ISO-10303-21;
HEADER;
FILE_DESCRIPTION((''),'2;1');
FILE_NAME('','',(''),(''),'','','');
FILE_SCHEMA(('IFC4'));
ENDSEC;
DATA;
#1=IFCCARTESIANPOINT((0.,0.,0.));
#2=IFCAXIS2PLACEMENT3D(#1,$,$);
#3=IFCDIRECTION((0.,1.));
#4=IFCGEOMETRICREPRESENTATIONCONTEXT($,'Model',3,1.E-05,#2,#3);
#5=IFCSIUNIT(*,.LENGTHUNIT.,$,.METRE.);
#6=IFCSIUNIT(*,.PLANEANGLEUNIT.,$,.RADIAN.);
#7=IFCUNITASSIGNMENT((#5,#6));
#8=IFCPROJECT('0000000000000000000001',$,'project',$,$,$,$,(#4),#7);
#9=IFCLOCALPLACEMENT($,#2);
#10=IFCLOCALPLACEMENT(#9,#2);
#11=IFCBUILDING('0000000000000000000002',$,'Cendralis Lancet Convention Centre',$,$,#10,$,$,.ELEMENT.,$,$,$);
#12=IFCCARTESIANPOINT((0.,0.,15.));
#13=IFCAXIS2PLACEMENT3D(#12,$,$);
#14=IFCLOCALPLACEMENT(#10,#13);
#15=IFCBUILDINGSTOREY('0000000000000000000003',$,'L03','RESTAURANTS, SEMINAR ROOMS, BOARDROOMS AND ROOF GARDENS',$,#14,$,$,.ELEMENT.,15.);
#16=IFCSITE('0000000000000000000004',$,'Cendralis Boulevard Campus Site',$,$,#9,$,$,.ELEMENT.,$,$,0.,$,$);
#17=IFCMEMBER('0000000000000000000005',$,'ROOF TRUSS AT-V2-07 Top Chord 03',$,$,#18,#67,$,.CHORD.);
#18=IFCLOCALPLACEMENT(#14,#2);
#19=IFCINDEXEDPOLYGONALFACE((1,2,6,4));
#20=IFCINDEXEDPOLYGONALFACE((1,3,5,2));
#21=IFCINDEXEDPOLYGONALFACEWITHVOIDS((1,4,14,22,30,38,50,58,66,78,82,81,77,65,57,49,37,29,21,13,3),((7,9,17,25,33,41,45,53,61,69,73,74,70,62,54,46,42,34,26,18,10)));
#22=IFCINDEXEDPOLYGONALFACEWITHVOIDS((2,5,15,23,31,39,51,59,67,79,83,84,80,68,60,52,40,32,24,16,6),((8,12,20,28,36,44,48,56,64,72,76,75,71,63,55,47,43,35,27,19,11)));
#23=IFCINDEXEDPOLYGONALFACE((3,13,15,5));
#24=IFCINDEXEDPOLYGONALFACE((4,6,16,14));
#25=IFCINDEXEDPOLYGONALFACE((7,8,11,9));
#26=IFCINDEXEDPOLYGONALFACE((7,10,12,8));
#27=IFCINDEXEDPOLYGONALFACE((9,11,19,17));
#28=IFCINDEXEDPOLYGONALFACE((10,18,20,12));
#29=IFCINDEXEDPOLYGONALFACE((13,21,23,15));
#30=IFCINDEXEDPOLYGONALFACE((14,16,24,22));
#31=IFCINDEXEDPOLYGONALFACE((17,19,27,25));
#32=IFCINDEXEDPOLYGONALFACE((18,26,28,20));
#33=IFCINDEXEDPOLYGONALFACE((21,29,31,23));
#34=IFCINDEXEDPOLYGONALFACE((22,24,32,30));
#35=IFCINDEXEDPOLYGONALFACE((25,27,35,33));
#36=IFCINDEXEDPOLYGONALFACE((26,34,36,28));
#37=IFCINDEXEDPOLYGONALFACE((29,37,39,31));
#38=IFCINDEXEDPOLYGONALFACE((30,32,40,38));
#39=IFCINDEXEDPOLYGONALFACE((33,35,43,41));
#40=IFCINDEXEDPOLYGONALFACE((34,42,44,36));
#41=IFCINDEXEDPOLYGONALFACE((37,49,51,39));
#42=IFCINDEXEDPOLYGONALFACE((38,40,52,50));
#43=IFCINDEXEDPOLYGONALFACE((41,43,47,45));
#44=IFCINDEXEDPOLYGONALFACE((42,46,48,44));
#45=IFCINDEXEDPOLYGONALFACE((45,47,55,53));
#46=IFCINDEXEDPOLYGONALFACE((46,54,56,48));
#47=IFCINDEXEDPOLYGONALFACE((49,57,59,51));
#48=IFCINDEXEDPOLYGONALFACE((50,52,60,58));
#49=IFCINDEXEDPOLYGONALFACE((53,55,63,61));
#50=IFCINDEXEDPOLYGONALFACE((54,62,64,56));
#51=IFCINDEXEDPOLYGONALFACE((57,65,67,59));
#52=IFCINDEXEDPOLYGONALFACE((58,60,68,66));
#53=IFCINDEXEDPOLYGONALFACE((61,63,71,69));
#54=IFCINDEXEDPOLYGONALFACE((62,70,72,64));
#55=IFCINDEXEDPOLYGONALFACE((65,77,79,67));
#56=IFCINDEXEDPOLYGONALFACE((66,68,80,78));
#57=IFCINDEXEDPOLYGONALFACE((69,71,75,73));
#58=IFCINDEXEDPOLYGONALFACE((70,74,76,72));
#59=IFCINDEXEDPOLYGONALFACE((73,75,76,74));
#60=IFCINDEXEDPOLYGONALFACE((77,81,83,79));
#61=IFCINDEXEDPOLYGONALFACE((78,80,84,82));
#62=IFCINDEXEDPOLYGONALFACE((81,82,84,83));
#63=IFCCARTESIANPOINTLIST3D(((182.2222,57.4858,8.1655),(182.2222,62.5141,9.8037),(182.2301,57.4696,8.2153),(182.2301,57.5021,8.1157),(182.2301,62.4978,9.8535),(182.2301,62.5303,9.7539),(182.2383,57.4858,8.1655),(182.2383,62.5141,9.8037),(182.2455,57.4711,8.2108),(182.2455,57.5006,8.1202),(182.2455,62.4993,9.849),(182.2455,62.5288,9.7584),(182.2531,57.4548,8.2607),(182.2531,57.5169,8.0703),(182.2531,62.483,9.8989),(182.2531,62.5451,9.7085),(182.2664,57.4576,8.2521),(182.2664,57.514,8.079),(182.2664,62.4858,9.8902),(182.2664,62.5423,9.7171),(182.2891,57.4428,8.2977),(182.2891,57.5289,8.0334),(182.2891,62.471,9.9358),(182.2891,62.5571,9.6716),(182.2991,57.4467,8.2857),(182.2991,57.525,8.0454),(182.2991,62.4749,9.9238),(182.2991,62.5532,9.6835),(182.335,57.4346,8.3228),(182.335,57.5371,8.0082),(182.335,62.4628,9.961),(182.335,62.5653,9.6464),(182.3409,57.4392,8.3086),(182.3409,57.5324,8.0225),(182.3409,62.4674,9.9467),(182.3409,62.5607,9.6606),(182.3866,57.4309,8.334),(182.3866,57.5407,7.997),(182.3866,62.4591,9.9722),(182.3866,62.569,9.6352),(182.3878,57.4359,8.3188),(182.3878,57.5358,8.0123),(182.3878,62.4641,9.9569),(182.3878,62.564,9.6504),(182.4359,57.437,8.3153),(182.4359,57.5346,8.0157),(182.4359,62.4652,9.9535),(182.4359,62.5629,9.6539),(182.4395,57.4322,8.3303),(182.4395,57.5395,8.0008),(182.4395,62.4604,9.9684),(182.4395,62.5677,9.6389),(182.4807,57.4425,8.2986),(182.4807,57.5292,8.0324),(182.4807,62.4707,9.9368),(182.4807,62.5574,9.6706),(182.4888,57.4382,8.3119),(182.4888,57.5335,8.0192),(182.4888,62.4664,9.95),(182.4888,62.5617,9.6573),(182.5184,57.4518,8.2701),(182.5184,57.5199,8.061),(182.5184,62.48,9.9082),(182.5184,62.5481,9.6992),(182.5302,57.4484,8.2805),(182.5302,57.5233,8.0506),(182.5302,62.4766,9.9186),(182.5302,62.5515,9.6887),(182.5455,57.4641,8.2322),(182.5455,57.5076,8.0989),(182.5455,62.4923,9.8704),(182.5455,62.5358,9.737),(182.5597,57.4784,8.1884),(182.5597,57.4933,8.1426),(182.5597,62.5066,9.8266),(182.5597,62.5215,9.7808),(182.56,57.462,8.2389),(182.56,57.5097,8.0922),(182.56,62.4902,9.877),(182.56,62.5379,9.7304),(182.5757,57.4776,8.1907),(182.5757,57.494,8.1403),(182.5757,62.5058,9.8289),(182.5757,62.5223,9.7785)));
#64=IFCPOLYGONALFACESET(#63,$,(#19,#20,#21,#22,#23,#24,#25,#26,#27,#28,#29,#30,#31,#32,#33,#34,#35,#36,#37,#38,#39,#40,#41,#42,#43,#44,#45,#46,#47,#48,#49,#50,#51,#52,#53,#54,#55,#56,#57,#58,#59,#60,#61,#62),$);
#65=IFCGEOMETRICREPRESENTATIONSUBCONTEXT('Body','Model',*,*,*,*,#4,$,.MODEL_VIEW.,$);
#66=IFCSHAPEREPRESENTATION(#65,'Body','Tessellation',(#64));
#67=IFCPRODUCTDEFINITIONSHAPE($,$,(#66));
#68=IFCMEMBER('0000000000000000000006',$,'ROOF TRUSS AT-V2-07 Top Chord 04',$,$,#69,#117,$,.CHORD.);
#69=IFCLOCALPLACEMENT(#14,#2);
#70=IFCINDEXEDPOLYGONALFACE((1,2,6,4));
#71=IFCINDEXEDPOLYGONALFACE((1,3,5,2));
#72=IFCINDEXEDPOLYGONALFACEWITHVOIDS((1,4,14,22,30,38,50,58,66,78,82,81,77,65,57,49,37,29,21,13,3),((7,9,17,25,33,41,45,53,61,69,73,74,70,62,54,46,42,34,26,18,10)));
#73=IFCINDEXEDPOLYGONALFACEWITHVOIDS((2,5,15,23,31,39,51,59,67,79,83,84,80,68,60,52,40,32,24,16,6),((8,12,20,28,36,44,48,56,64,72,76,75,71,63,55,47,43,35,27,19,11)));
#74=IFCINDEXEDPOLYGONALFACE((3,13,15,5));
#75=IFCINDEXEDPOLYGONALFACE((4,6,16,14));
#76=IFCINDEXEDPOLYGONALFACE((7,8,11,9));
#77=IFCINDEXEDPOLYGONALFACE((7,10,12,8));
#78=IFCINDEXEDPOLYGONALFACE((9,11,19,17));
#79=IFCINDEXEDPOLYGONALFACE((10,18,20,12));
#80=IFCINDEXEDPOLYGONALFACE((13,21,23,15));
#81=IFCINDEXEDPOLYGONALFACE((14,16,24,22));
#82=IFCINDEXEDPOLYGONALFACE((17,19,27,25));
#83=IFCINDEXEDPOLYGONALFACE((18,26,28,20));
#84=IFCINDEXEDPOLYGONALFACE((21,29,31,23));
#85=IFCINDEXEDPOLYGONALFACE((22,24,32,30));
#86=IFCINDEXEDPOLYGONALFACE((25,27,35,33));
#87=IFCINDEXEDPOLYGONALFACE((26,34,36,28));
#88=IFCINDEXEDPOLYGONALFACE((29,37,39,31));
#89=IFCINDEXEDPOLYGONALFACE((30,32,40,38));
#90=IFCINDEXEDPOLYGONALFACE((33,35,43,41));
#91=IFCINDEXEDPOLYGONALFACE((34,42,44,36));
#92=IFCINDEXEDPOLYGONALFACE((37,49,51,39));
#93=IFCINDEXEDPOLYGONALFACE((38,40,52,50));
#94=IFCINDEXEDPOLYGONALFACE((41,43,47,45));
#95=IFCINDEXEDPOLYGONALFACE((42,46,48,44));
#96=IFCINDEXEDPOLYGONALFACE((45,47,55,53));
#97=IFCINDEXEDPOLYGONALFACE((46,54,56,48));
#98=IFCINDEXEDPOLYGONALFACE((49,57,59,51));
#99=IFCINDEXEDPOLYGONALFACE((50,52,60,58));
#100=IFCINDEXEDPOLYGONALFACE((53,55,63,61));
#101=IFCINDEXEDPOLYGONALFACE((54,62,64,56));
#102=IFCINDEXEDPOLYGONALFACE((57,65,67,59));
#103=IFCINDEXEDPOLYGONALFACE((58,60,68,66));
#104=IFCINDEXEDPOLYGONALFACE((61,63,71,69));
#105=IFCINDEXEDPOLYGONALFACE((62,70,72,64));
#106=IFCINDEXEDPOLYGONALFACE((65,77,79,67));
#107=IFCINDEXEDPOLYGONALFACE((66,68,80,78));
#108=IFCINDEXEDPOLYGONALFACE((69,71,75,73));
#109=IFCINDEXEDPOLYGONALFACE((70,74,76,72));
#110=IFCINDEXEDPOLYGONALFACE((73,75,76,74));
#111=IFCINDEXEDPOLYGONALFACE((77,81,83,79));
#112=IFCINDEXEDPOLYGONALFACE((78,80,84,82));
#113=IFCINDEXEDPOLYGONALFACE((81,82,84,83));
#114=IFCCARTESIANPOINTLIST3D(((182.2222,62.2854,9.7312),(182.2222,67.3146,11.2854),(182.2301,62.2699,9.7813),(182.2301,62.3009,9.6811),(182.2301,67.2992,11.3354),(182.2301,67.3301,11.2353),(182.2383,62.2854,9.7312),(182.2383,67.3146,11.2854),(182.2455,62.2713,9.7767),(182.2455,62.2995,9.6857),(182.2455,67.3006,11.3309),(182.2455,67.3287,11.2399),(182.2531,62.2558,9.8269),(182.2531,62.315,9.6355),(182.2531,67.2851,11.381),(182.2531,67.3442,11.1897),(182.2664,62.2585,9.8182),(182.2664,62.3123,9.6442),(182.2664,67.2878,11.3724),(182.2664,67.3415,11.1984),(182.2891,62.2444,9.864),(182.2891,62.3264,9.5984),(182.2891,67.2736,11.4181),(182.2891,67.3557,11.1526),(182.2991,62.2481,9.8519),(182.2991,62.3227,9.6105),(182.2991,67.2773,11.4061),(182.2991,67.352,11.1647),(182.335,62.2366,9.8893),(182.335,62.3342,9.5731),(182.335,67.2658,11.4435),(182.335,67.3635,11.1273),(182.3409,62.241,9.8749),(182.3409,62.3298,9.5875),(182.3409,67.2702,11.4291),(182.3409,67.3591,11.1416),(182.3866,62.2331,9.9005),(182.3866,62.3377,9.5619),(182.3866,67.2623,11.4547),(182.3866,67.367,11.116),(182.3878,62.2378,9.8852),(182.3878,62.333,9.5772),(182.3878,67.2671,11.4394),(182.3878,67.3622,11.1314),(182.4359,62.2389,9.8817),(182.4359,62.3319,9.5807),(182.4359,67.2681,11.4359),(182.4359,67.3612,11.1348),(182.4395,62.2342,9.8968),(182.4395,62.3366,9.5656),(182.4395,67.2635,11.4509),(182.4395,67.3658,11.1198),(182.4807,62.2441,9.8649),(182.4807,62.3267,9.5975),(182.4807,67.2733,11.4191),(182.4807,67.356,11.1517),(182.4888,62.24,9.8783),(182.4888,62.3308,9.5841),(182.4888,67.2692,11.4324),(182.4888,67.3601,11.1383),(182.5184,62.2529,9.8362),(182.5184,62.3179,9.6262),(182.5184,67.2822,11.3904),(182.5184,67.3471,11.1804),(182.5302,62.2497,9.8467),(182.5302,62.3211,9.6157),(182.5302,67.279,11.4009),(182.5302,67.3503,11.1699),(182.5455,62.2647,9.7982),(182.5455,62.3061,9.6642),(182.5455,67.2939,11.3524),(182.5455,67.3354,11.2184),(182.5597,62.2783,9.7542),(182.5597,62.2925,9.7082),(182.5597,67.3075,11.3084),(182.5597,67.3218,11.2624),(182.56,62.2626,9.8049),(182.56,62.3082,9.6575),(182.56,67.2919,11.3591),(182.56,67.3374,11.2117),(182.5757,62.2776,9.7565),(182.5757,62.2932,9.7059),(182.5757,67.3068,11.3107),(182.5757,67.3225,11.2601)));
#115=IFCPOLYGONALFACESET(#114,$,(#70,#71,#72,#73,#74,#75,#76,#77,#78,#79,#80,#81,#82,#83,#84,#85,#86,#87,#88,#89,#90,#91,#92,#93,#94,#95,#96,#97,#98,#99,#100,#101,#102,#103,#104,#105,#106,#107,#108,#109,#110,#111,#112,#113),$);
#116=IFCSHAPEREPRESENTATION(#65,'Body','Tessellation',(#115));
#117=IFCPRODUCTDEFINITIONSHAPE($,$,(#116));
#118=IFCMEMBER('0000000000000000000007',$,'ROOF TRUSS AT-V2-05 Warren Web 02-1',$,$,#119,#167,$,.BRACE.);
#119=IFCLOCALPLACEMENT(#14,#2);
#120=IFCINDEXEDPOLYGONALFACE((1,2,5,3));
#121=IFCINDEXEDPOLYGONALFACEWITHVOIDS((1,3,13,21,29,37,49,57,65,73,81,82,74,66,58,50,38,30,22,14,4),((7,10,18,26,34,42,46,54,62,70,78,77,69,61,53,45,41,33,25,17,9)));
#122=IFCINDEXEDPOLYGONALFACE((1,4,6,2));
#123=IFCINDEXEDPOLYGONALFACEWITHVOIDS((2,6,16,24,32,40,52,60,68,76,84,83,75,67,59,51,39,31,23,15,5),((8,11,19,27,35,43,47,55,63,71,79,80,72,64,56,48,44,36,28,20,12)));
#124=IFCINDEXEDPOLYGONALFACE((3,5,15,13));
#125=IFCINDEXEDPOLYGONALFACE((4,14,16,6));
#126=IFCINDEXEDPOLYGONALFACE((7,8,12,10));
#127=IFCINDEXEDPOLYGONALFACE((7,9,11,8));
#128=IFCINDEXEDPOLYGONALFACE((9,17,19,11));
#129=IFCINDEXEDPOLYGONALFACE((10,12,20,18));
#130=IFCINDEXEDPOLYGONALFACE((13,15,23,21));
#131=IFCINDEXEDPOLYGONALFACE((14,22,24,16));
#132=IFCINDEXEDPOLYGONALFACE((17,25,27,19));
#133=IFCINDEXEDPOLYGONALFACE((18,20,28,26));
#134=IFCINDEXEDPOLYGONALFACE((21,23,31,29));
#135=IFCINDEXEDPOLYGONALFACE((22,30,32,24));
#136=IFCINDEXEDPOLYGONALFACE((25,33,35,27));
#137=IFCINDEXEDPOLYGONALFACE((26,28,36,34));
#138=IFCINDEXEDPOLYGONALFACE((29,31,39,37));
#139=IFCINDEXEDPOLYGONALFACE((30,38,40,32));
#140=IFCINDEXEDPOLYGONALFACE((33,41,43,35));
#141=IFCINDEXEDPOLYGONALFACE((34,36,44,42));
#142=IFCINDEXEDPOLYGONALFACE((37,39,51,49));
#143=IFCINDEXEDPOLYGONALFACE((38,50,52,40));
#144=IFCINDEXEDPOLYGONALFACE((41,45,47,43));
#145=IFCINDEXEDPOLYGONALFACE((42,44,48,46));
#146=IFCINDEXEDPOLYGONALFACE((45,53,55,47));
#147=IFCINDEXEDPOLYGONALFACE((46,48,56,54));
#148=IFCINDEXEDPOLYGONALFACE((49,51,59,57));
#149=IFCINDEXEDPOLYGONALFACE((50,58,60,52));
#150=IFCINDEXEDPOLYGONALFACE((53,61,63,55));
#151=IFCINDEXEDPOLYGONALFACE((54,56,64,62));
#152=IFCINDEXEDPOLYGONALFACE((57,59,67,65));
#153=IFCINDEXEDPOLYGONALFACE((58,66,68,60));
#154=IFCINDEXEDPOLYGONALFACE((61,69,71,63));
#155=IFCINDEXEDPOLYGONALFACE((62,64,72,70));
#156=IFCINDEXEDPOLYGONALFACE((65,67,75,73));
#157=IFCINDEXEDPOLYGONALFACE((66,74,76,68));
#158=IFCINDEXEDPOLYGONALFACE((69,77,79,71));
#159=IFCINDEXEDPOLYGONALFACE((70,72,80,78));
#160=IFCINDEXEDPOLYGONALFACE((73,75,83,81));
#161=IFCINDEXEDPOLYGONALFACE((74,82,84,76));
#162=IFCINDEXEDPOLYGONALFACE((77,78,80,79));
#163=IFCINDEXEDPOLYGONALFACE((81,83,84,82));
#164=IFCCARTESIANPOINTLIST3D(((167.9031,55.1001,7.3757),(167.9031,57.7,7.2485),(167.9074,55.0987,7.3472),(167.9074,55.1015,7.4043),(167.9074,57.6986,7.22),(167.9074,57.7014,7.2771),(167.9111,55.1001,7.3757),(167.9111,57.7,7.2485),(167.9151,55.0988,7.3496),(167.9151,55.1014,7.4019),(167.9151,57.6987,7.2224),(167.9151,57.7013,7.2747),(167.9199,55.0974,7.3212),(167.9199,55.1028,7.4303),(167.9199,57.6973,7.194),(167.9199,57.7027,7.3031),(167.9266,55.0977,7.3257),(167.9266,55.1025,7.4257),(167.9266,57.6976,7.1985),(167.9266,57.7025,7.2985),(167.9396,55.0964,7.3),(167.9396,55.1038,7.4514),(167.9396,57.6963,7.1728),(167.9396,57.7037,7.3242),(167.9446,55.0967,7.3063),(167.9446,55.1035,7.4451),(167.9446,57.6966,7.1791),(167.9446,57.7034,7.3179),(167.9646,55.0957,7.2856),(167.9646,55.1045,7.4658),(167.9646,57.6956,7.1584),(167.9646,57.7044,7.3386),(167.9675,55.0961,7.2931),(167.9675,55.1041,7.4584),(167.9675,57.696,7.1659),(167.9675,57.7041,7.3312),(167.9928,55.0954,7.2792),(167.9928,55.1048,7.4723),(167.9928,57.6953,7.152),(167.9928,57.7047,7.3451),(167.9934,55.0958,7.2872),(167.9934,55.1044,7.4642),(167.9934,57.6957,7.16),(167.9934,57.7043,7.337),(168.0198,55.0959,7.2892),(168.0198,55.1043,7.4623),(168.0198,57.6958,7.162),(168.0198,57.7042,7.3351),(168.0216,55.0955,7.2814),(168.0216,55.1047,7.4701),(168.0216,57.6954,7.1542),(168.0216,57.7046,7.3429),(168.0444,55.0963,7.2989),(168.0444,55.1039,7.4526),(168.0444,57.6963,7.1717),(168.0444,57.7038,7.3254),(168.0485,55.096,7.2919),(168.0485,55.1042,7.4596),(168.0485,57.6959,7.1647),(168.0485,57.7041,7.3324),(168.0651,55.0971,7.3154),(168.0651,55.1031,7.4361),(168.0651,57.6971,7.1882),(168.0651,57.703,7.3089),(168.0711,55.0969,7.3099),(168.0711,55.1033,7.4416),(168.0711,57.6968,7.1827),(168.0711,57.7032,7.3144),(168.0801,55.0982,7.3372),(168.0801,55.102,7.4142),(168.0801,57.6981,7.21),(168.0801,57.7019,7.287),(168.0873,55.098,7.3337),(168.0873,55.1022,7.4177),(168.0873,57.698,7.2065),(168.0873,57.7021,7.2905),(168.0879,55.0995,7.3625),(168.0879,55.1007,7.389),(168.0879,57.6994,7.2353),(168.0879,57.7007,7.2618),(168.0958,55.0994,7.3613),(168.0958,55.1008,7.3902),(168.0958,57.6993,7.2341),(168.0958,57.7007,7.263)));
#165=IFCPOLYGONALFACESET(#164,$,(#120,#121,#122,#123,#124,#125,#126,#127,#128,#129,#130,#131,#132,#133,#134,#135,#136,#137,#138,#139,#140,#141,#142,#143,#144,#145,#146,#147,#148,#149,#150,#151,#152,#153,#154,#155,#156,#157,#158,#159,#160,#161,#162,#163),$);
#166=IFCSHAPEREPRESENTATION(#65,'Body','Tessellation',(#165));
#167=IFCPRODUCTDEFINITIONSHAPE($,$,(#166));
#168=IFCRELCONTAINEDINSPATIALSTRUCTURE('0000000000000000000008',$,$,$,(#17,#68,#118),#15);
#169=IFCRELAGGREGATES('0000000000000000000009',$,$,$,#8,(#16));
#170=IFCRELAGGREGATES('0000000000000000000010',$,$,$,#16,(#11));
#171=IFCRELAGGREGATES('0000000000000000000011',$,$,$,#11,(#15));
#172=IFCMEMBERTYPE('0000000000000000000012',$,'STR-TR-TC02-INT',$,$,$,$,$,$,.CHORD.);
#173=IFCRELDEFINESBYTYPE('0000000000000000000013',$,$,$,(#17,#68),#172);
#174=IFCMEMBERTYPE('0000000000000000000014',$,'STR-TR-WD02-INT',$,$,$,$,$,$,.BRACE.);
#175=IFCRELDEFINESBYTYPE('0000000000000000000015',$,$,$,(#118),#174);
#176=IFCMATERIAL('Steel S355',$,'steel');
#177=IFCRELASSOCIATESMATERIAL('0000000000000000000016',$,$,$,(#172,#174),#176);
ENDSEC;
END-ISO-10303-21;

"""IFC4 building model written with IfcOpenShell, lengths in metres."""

from ifc_helpers import new_model, si_unit, direction, frame, origin, origin_2d, place, context, subcontext, project, spatial, hollow_circle, extrude, material, material_profile, profile_set, type_object, element, save


model = new_model("IFC4")

# Units and contexts
model_context = context("Model", 3, precision=1e-05, world=origin(), true_north=direction((0.0, 1.0)))
body_context = subcontext(model_context, "Body", "Model", "MODEL_VIEW")
ifc_project = project(units=[si_unit("LENGTHUNIT", "METRE"), si_unit("PLANEANGLEUNIT", "RADIAN")], contexts=[model_context])

# Site, building, storey
site_placement = place(None, origin())
site = spatial("IfcSite", under=ifc_project, at=site_placement, Name="Cendralis Boulevard Campus Site", CompositionType="ELEMENT", RefElevation=0.0)
building_placement = place(site_placement, origin())
building = spatial("IfcBuilding", under=site, at=building_placement, Name="Cendralis Lancet Convention Centre", CompositionType="ELEMENT")
storey_placement = place(building_placement, frame((0.0, 0.0, 15.0)))
storey = spatial("IfcBuildingStorey", under=building, at=storey_placement, Name="L03", Description="RESTAURANTS, SEMINAR ROOMS, BOARDROOMS AND ROOF GARDENS", CompositionType="ELEMENT", Elevation=15.0)

# Members
ifc_material = material(Name="Steel S355", Category="steel")
ifc_material_profile_1 = material_profile(ifc_material, hollow_circle(Radius=0.1777, WallThickness=0.0161, at=origin_2d()), Name="CHS 355.6x16.0")
ifc_profile_set_1 = profile_set([ifc_material_profile_1], Name="Steel S355")
member_type_1 = type_object("IfcMemberType", Name="STR-TR-TC02-INT", PredefinedType="CHORD", material=ifc_profile_set_1)
member_1_placement = place(storey_placement, frame((182.3999, 57.4858, 8.1655), z_axis=(0.0, 0.950813, 0.309767), x_axis=(-1.0, 0.0, 0.0)))
element("IfcMember", 1, at=member_1_placement, inside=storey, type_object=member_type_1, Name="ROOF TRUSS AT-V2-07 Top Chord 03", PredefinedType="CHORD", context=body_context, shape_type="SweptSolid", body=[
    extrude(hollow_circle(Radius=0.1777, WallThickness=0.0161, at=origin_2d()), origin(), (0.0, 0.0, 1.0), 5.2883),
])
member_2_placement = place(storey_placement, frame((182.3999, 62.2854, 9.7312), z_axis=(0.0, 0.955419, 0.295252), x_axis=(-1.0, 0.0, 0.0)))
element("IfcMember", 2, at=member_2_placement, inside=storey, type_object=member_type_1, Name="ROOF TRUSS AT-V2-07 Top Chord 04", PredefinedType="CHORD", context=body_context, shape_type="SweptSolid", body=[
    extrude(hollow_circle(Radius=0.1777, WallThickness=0.0161, at=origin_2d()), origin(), (0.0, 0.0, 1.0), 5.2639),
])
ifc_material_profile_2 = material_profile(ifc_material, hollow_circle(Radius=0.0969, WallThickness=0.0081, at=origin_2d()), Name="CHS 193.7x8.0")
ifc_profile_set_2 = profile_set([ifc_material_profile_2], Name="Steel S355")
member_type_2 = type_object("IfcMemberType", Name="STR-TR-WD02-INT", PredefinedType="BRACE", material=ifc_profile_set_2)
member_3_placement = place(storey_placement, frame((168.0, 55.1001, 7.3757), z_axis=(0.0, 0.998805, -0.048866), x_axis=(-1.0, 0.0, 0.0)))
element("IfcMember", 3, at=member_3_placement, inside=storey, type_object=member_type_2, Name="ROOF TRUSS AT-V2-05 Warren Web 02-1", PredefinedType="BRACE", context=body_context, shape_type="SweptSolid", body=[
    extrude(hollow_circle(Radius=0.0969, WallThickness=0.0081, at=origin_2d()), origin(), (0.0, 0.0, 1.0), 2.603),
])

save(model, "model.ifc")
